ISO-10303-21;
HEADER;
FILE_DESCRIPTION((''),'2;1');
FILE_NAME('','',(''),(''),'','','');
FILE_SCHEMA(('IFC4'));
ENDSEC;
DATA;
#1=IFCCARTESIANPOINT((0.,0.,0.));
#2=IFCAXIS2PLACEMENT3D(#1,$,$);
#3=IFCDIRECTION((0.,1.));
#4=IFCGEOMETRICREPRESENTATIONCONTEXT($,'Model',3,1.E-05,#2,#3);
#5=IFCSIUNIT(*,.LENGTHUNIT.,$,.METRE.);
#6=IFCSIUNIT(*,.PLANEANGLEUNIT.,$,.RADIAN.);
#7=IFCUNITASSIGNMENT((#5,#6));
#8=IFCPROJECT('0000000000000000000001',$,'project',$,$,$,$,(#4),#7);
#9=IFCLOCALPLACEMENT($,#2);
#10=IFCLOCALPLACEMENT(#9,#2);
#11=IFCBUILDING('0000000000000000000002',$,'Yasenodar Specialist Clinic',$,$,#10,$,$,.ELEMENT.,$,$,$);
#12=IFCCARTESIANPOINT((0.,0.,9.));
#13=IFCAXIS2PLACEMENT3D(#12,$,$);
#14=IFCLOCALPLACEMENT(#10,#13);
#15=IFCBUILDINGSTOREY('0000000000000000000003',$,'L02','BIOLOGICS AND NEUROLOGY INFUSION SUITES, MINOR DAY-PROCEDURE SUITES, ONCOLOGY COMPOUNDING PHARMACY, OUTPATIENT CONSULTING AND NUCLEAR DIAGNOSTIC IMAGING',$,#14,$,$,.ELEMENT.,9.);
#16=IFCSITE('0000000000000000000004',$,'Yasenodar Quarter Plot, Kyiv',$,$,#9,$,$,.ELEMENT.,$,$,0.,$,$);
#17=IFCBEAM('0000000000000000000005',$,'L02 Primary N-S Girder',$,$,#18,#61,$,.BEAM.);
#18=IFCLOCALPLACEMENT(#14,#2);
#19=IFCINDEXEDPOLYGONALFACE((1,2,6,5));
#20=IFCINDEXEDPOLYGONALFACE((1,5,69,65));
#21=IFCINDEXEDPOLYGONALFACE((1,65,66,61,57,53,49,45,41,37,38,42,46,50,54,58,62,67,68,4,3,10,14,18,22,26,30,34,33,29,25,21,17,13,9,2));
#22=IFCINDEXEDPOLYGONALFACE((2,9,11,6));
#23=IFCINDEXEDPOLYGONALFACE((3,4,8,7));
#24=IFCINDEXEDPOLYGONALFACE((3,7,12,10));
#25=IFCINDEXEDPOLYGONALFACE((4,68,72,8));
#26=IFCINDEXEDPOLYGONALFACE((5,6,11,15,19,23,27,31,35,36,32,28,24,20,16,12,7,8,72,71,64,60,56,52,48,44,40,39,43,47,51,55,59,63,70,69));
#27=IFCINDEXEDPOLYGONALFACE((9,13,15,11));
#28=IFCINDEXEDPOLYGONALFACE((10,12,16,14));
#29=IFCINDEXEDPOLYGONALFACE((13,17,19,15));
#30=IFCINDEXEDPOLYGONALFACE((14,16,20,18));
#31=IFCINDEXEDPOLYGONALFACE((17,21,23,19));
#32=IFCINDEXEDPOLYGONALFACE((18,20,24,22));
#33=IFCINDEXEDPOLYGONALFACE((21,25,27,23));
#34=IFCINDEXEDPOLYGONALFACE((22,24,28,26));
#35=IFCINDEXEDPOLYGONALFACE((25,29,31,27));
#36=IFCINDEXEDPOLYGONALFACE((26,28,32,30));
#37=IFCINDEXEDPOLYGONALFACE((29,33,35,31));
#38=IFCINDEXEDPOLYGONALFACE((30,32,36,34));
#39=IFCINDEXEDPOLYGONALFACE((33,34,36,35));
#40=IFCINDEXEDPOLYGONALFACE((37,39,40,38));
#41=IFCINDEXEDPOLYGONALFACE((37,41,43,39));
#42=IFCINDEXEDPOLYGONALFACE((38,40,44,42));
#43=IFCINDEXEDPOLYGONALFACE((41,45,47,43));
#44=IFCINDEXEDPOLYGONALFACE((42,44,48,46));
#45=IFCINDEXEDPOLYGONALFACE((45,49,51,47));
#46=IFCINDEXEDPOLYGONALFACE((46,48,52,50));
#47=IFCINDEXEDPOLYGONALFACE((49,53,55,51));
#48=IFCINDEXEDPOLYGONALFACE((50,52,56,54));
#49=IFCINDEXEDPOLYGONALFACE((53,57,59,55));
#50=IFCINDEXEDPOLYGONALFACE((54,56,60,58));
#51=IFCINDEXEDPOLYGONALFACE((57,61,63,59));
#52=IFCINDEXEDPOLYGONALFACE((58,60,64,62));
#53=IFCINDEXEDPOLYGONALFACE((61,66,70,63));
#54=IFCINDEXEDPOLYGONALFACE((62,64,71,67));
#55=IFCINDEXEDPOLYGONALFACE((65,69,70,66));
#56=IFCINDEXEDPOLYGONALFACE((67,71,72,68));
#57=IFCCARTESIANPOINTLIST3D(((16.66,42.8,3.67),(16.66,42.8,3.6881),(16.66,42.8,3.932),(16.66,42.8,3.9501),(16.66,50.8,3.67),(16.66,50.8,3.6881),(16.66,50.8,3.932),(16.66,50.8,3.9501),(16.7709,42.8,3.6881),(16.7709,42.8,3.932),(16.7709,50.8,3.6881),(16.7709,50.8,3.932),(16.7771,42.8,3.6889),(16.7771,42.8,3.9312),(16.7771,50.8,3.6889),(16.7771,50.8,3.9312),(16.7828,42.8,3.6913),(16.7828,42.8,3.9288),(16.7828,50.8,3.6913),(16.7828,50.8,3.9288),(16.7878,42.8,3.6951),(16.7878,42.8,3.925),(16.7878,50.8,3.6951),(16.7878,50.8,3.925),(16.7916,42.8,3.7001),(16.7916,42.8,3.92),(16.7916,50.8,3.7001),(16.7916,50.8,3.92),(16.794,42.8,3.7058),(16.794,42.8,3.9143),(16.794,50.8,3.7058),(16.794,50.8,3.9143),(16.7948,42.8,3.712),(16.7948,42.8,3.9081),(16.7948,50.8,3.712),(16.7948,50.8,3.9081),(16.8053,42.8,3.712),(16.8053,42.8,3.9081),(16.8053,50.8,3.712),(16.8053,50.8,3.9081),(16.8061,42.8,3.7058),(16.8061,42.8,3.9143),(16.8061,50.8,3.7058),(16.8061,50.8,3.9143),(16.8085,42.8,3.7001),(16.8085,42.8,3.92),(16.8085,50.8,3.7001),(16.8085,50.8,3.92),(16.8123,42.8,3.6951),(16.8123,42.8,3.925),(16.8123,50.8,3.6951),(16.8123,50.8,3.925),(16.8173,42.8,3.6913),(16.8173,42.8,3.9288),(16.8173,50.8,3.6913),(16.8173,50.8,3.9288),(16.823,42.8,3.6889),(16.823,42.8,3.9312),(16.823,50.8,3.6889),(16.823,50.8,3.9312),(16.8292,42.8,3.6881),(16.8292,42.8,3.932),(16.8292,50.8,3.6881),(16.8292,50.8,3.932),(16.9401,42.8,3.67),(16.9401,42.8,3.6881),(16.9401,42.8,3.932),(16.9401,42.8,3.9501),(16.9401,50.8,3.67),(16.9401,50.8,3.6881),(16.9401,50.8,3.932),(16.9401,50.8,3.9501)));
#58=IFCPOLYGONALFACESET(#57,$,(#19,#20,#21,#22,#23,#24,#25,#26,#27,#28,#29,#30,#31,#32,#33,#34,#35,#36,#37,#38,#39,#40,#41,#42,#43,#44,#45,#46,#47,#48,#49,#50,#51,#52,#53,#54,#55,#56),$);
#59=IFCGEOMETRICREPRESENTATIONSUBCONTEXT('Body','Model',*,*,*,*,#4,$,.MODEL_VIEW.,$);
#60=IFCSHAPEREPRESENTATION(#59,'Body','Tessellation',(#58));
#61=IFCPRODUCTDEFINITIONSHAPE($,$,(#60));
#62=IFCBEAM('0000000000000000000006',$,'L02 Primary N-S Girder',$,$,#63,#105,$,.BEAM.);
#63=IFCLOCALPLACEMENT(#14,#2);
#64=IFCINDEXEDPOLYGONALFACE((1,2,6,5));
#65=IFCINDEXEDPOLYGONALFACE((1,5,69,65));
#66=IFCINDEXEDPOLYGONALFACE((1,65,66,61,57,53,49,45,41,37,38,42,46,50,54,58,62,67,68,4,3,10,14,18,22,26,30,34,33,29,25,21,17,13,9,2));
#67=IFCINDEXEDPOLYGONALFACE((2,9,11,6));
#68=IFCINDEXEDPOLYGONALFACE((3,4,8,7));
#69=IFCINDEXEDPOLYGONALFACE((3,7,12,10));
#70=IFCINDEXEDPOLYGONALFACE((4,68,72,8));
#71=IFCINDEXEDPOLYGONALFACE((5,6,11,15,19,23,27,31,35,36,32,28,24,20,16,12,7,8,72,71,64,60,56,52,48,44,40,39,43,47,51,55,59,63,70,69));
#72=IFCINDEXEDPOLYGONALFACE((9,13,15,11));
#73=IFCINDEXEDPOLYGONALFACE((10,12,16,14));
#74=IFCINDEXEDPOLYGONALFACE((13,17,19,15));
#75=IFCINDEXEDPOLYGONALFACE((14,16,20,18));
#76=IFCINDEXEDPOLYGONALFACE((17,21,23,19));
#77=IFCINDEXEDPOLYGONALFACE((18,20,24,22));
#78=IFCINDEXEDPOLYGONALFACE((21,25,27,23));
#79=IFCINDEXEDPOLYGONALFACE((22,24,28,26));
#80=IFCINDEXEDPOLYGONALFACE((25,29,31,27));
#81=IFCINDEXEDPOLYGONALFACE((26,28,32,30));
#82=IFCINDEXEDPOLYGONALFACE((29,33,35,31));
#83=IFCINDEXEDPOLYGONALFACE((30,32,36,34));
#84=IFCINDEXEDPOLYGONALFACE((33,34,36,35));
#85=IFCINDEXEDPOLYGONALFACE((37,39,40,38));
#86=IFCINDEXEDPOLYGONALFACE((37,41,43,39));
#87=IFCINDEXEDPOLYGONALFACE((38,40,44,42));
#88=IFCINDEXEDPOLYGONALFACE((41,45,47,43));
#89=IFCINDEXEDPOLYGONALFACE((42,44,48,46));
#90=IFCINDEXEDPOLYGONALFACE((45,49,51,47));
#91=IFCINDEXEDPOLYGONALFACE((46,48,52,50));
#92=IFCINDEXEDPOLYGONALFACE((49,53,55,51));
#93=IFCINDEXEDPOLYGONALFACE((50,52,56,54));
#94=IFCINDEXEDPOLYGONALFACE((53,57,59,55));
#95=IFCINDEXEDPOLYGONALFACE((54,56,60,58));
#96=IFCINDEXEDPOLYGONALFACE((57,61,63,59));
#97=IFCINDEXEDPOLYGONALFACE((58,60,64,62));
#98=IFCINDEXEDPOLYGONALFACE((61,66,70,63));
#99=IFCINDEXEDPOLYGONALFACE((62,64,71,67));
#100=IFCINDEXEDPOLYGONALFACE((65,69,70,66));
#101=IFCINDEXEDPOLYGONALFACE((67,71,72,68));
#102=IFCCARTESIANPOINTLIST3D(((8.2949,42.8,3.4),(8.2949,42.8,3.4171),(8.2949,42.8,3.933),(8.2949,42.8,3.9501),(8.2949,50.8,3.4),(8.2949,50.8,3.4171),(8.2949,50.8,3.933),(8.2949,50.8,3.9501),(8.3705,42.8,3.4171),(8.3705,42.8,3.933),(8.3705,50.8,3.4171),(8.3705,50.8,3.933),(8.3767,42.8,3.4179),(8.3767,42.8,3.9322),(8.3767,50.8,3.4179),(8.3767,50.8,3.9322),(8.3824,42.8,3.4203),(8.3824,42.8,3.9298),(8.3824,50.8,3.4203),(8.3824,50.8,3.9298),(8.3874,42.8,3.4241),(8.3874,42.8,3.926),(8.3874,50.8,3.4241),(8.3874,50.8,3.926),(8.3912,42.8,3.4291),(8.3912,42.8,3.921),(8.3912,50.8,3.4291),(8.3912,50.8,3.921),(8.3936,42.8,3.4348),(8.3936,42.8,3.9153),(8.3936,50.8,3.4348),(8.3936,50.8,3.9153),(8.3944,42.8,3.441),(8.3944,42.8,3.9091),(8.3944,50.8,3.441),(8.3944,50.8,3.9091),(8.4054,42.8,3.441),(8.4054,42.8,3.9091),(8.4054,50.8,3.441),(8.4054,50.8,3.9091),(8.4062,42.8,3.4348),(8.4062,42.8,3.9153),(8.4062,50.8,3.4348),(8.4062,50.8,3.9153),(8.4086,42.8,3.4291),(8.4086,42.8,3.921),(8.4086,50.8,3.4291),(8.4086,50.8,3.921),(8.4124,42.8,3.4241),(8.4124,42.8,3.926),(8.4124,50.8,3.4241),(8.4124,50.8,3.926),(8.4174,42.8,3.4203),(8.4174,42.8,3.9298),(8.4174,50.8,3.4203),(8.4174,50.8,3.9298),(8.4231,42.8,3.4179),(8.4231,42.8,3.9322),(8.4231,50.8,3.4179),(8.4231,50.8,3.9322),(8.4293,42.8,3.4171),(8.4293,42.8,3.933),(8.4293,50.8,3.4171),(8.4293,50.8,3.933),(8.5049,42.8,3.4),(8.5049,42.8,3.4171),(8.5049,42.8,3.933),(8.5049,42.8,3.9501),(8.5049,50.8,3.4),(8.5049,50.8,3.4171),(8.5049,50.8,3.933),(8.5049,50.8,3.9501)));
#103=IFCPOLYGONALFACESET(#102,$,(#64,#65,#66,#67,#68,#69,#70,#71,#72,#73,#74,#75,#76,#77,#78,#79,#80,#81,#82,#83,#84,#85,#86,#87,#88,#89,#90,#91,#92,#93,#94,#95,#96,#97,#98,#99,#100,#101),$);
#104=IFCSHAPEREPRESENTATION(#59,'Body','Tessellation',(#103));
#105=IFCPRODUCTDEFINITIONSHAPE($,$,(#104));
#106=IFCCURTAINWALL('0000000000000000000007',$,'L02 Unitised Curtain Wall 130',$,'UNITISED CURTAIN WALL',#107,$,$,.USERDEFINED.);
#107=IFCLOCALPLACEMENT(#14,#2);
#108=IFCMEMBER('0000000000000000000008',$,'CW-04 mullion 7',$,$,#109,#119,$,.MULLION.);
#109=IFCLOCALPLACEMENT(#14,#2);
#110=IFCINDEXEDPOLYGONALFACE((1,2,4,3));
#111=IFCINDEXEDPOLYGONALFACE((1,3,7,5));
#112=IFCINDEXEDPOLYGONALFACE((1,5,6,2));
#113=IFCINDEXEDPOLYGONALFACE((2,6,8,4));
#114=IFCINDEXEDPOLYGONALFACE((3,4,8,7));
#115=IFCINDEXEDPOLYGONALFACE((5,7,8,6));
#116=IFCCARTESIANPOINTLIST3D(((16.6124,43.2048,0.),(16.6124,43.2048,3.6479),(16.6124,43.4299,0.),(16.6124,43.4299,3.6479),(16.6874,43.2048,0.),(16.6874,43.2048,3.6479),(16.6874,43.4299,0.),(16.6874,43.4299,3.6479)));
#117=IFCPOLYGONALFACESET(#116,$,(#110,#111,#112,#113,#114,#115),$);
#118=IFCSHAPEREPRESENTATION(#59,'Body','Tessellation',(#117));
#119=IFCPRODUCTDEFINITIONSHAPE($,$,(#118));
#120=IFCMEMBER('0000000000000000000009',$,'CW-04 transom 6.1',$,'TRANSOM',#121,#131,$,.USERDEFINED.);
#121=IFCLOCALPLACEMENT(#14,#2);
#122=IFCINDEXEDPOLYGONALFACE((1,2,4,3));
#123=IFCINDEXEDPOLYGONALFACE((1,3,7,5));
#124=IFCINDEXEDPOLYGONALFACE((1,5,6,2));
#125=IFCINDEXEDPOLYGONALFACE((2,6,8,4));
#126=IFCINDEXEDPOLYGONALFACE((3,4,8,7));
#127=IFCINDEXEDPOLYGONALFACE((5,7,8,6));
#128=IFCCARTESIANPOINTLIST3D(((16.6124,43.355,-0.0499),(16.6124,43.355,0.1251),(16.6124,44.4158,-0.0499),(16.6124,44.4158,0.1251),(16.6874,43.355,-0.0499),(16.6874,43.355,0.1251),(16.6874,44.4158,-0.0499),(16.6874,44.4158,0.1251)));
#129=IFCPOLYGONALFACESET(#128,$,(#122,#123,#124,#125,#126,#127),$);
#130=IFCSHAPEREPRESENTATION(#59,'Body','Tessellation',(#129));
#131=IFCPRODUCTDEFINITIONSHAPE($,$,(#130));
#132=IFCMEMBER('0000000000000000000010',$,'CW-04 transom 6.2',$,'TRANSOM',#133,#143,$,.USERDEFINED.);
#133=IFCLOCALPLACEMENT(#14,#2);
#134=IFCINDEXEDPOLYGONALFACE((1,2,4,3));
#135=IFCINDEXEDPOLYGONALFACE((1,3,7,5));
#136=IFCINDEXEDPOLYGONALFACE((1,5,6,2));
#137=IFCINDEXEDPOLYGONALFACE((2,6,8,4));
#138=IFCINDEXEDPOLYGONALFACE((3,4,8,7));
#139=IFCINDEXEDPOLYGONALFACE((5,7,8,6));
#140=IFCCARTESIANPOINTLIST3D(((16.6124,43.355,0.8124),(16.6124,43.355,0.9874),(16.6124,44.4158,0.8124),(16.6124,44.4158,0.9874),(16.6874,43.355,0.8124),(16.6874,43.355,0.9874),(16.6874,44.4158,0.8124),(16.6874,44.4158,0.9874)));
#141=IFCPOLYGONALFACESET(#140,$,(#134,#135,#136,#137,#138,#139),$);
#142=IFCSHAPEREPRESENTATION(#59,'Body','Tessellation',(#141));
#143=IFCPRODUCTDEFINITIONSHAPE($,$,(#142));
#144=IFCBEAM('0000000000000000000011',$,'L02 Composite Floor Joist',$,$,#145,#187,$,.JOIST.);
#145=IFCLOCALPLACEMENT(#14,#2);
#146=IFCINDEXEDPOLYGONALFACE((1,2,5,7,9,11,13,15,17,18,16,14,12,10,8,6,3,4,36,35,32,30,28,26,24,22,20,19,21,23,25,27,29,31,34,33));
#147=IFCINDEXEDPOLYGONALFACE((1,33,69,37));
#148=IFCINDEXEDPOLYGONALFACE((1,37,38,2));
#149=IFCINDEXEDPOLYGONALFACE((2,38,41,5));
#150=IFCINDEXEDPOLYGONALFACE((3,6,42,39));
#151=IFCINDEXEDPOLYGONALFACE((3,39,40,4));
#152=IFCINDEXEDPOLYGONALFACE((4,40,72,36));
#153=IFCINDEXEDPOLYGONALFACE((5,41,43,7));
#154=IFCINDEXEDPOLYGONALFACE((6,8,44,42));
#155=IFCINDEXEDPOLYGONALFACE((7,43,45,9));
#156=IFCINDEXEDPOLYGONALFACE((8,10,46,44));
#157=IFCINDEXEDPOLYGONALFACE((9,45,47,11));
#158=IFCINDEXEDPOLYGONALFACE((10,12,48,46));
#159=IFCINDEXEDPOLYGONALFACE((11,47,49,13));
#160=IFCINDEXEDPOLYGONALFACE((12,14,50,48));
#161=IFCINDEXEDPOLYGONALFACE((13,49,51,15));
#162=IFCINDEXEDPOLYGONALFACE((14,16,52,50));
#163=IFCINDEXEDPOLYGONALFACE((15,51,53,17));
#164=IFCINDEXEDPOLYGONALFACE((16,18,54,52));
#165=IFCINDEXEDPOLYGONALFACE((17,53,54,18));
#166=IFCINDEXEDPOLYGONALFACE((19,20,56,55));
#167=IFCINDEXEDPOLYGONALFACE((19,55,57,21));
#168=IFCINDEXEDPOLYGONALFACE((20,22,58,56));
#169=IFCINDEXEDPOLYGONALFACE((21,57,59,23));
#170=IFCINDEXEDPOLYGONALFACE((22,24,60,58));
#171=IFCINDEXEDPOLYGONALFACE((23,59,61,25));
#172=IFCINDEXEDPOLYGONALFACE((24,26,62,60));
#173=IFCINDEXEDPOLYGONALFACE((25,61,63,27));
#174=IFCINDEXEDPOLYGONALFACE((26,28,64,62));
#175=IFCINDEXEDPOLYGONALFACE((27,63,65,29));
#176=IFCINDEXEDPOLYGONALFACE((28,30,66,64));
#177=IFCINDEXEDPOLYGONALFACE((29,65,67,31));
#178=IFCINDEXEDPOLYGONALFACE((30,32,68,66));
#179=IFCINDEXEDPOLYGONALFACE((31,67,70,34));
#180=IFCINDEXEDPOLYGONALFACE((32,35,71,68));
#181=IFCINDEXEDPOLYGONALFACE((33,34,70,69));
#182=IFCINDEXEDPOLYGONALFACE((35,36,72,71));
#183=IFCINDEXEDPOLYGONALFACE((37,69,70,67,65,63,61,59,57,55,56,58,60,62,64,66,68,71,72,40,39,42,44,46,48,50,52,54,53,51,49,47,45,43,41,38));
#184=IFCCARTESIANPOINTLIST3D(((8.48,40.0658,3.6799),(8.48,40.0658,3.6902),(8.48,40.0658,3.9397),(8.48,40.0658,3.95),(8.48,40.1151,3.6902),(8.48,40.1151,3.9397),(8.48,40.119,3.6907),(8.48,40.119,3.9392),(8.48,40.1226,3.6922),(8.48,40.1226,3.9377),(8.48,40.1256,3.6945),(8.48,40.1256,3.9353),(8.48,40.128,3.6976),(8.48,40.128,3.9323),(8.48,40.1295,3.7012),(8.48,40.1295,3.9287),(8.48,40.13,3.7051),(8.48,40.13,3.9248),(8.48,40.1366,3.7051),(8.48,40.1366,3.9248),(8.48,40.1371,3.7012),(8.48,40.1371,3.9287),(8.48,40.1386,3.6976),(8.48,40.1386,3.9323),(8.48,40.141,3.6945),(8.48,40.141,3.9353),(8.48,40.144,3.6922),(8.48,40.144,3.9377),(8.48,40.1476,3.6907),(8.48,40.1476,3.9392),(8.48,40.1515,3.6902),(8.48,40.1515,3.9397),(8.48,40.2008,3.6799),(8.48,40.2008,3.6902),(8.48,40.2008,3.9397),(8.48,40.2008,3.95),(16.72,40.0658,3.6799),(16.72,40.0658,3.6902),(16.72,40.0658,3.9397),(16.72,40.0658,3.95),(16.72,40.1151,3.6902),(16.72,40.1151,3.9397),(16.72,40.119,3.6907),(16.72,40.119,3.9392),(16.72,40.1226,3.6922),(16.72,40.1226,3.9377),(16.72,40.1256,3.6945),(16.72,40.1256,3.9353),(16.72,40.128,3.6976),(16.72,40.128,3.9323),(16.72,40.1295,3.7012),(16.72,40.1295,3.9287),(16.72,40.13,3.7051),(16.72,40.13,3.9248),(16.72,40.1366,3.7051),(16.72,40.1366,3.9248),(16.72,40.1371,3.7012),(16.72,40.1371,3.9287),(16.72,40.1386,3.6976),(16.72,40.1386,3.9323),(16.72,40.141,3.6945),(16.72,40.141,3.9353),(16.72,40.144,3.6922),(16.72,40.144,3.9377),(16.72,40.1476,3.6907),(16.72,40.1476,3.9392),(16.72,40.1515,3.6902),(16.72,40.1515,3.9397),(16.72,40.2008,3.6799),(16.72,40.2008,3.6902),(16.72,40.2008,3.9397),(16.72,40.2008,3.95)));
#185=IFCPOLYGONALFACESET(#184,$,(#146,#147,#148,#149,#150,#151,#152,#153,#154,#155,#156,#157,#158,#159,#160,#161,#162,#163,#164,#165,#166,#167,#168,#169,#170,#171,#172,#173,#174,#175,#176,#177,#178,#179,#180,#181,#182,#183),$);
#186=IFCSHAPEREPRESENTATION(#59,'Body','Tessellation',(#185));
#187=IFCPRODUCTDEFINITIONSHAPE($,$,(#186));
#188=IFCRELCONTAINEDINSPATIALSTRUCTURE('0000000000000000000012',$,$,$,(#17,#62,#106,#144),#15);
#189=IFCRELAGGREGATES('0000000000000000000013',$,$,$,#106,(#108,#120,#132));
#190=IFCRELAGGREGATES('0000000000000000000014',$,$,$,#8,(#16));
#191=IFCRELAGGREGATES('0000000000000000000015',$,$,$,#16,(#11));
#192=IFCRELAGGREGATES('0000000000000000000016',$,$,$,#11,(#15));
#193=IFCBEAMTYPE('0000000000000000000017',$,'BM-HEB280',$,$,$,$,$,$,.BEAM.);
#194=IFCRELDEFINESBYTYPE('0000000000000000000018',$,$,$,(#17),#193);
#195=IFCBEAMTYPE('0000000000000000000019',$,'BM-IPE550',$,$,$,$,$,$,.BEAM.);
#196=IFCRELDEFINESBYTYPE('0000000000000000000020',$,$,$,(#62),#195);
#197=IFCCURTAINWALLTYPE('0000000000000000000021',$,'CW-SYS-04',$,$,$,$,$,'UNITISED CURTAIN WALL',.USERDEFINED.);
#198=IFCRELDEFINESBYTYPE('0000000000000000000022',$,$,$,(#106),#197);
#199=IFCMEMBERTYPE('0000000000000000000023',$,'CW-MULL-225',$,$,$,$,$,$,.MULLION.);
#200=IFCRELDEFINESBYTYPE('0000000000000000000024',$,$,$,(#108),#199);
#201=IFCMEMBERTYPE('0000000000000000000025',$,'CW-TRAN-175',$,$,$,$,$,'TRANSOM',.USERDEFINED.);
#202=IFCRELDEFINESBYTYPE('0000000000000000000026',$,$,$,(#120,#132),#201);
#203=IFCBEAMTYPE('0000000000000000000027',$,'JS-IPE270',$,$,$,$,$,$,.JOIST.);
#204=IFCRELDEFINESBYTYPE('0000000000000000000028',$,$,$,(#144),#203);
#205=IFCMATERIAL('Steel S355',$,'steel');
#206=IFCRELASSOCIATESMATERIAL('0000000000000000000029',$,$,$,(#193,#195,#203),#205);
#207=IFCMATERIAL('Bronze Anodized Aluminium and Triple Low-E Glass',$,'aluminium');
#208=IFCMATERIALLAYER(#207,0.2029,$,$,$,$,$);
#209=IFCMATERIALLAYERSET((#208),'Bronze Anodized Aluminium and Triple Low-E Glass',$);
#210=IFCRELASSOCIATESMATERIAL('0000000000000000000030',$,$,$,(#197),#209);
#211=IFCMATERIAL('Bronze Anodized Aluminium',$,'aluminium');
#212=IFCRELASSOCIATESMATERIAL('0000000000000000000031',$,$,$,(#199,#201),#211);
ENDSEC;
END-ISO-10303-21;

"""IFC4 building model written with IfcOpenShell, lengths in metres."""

from ifc_helpers import new_model, si_unit, direction, frame, origin, origin_2d, place, context, subcontext, project, spatial, rectangle, i_section, extrude, material, layer, layer_set, material_profile, profile_set, type_object, element, aggregate, save


model = new_model("IFC4")

# Units and contexts
model_context = context("Model", 3, precision=1e-05, world=origin(), true_north=direction((0.0, 1.0)))
body_context = subcontext(model_context, "Body", "Model", "MODEL_VIEW")
ifc_project = project(units=[si_unit("LENGTHUNIT", "METRE"), si_unit("PLANEANGLEUNIT", "RADIAN")], contexts=[model_context])

# Site, building, storey
site_placement = place(None, origin())
site = spatial("IfcSite", under=ifc_project, at=site_placement, Name="Yasenodar Quarter Plot, Kyiv", CompositionType="ELEMENT", RefElevation=0.0)
building_placement = place(site_placement, origin())
building = spatial("IfcBuilding", under=site, at=building_placement, Name="Yasenodar Specialist Clinic", CompositionType="ELEMENT")
storey_placement = place(building_placement, frame((0.0, 0.0, 9.0)))
storey = spatial("IfcBuildingStorey", under=building, at=storey_placement, Name="L02", Description="BIOLOGICS AND NEUROLOGY INFUSION SUITES, MINOR DAY-PROCEDURE SUITES, ONCOLOGY COMPOUNDING PHARMACY, OUTPATIENT CONSULTING AND NUCLEAR DIAGNOSTIC IMAGING", CompositionType="ELEMENT", Elevation=9.0)

# Shared definitions
ifc_material_1 = material(Name="Steel S355", Category="steel")

# Beams
ifc_material_profile_1 = material_profile(ifc_material_1, i_section(OverallWidth=0.28, OverallDepth=0.28, WebThickness=0.0105, FlangeThickness=0.0181, FilletRadius=0.0239, at=origin_2d()), Name="HEB 280")
ifc_profile_set_1 = profile_set([ifc_material_profile_1], Name="Steel S355")
beam_type_1 = type_object("IfcBeamType", Name="BM-HEB280", PredefinedType="BEAM", material=ifc_profile_set_1)
beam_1_placement = place(storey_placement, frame((16.8, 42.8, 3.8101), z_axis=(0.0, 1.0, 0.0), x_axis=(-1.0, 0.0, 0.0)))
element("IfcBeam", 1, at=beam_1_placement, inside=storey, type_object=beam_type_1, Name="L02 Primary N-S Girder", PredefinedType="BEAM", context=body_context, shape_type="SweptSolid", body=[
    extrude(i_section(OverallWidth=0.28, OverallDepth=0.28, WebThickness=0.0105, FlangeThickness=0.0181, FilletRadius=0.0239, at=origin_2d()), origin(), (0.0, 0.0, 1.0), 8.0),
])
ifc_material_profile_2 = material_profile(ifc_material_1, i_section(OverallWidth=0.21, OverallDepth=0.55, WebThickness=0.011, FlangeThickness=0.0171, FilletRadius=0.0239, at=origin_2d()), Name="IPE 550")
ifc_profile_set_2 = profile_set([ifc_material_profile_2], Name="Steel S355")
beam_type_2 = type_object("IfcBeamType", Name="BM-IPE550", PredefinedType="BEAM", material=ifc_profile_set_2)
beam_2_placement = place(storey_placement, frame((8.3999, 42.8, 3.675), z_axis=(0.0, 1.0, 0.0), x_axis=(-1.0, 0.0, 0.0)))
element("IfcBeam", 2, at=beam_2_placement, inside=storey, type_object=beam_type_2, Name="L02 Primary N-S Girder", PredefinedType="BEAM", context=body_context, shape_type="SweptSolid", body=[
    extrude(i_section(OverallWidth=0.21, OverallDepth=0.55, WebThickness=0.011, FlangeThickness=0.0171, FilletRadius=0.0239, at=origin_2d()), origin(), (0.0, 0.0, 1.0), 8.0),
])

# Curtain wall, members
ifc_material_2 = material(Name="Bronze Anodized Aluminium and Triple Low-E Glass", Category="aluminium")
ifc_layer_1 = layer(ifc_material_2, 0.2029)
ifc_layer_set_1 = layer_set([ifc_layer_1], Name="Bronze Anodized Aluminium and Triple Low-E Glass")
curtain_wall_type = type_object("IfcCurtainWallType", Name="CW-SYS-04", ElementType="UNITISED CURTAIN WALL", PredefinedType="USERDEFINED", material=ifc_layer_set_1)
curtain_wall_placement = place(storey_placement, origin())
curtain_wall = element("IfcCurtainWall", 3, at=curtain_wall_placement, inside=storey, type_object=curtain_wall_type, Name="L02 Unitised Curtain Wall 130", ObjectType="UNITISED CURTAIN WALL", PredefinedType="USERDEFINED")
ifc_material_3 = material(Name="Bronze Anodized Aluminium", Category="aluminium")
ifc_material_profile_3 = material_profile(ifc_material_3, rectangle(XDim=0.075, YDim=0.2251, at=origin_2d()), Name="CW-MULL 75x225")
ifc_profile_set_3 = profile_set([ifc_material_profile_3], Name="Bronze Anodized Aluminium")
member_type_1 = type_object("IfcMemberType", Name="CW-MULL-225", PredefinedType="MULLION", material=ifc_profile_set_3)
member_1_placement = place(storey_placement, frame((16.6499, 43.3174, 0.0), z_axis=(0.0, 0.0, 1.0), x_axis=(1.0, 0.0, 0.0)))
member_1 = element("IfcMember", 4, at=member_1_placement, type_object=member_type_1, Name="CW-04 mullion 7", PredefinedType="MULLION", context=body_context, shape_type="SweptSolid", body=[
    extrude(rectangle(XDim=0.075, YDim=0.2251, at=origin_2d()), origin(), (0.0, 0.0, 1.0), 3.6479),
])
ifc_material_profile_4 = material_profile(ifc_material_3, rectangle(XDim=0.075, YDim=0.175, at=origin_2d()), Name="CW-TRAN 75x175")
ifc_profile_set_4 = profile_set([ifc_material_profile_4], Name="Bronze Anodized Aluminium")
member_type_2 = type_object("IfcMemberType", Name="CW-TRAN-175", ElementType="TRANSOM", PredefinedType="USERDEFINED", material=ifc_profile_set_4)
member_2_placement = place(storey_placement, frame((16.6499, 44.4158, 0.0376), z_axis=(0.0, -1.0, 0.0), x_axis=(1.0, 0.0, 0.0)))
member_2 = element("IfcMember", 5, at=member_2_placement, type_object=member_type_2, Name="CW-04 transom 6.1", ObjectType="TRANSOM", PredefinedType="USERDEFINED", context=body_context, shape_type="SweptSolid", body=[
    extrude(rectangle(XDim=0.075, YDim=0.175, at=origin_2d()), origin(), (0.0, 0.0, 1.0), 1.0608),
])
member_3_placement = place(storey_placement, frame((16.6499, 44.4158, 0.8999), z_axis=(0.0, -1.0, 0.0), x_axis=(1.0, 0.0, 0.0)))
member_3 = element("IfcMember", 6, at=member_3_placement, type_object=member_type_2, Name="CW-04 transom 6.2", ObjectType="TRANSOM", PredefinedType="USERDEFINED", context=body_context, shape_type="SweptSolid", body=[
    extrude(rectangle(XDim=0.075, YDim=0.175, at=origin_2d()), origin(), (0.0, 0.0, 1.0), 1.0608),
])

# Beam
ifc_material_profile_5 = material_profile(ifc_material_1, i_section(OverallWidth=0.135, OverallDepth=0.27, WebThickness=0.0066, FlangeThickness=0.0103, FilletRadius=0.0149, at=origin_2d()), Name="IPE 270")
ifc_profile_set_5 = profile_set([ifc_material_profile_5], Name="Steel S355")
beam_type_3 = type_object("IfcBeamType", Name="JS-IPE270", PredefinedType="JOIST", material=ifc_profile_set_5)
beam_3_placement = place(storey_placement, frame((8.48, 40.1333, 3.8149), z_axis=(1.0, 0.0, 0.0), x_axis=(0.0, 1.0, 0.0)))
element("IfcBeam", 7, at=beam_3_placement, inside=storey, type_object=beam_type_3, Name="L02 Composite Floor Joist", PredefinedType="JOIST", context=body_context, shape_type="SweptSolid", body=[
    extrude(i_section(OverallWidth=0.135, OverallDepth=0.27, WebThickness=0.0066, FlangeThickness=0.0103, FilletRadius=0.0149, at=origin_2d()), origin(), (0.0, 0.0, 1.0), 8.24),
])

aggregate(curtain_wall, [member_1, member_2, member_3])

save(model, "model.ifc")
